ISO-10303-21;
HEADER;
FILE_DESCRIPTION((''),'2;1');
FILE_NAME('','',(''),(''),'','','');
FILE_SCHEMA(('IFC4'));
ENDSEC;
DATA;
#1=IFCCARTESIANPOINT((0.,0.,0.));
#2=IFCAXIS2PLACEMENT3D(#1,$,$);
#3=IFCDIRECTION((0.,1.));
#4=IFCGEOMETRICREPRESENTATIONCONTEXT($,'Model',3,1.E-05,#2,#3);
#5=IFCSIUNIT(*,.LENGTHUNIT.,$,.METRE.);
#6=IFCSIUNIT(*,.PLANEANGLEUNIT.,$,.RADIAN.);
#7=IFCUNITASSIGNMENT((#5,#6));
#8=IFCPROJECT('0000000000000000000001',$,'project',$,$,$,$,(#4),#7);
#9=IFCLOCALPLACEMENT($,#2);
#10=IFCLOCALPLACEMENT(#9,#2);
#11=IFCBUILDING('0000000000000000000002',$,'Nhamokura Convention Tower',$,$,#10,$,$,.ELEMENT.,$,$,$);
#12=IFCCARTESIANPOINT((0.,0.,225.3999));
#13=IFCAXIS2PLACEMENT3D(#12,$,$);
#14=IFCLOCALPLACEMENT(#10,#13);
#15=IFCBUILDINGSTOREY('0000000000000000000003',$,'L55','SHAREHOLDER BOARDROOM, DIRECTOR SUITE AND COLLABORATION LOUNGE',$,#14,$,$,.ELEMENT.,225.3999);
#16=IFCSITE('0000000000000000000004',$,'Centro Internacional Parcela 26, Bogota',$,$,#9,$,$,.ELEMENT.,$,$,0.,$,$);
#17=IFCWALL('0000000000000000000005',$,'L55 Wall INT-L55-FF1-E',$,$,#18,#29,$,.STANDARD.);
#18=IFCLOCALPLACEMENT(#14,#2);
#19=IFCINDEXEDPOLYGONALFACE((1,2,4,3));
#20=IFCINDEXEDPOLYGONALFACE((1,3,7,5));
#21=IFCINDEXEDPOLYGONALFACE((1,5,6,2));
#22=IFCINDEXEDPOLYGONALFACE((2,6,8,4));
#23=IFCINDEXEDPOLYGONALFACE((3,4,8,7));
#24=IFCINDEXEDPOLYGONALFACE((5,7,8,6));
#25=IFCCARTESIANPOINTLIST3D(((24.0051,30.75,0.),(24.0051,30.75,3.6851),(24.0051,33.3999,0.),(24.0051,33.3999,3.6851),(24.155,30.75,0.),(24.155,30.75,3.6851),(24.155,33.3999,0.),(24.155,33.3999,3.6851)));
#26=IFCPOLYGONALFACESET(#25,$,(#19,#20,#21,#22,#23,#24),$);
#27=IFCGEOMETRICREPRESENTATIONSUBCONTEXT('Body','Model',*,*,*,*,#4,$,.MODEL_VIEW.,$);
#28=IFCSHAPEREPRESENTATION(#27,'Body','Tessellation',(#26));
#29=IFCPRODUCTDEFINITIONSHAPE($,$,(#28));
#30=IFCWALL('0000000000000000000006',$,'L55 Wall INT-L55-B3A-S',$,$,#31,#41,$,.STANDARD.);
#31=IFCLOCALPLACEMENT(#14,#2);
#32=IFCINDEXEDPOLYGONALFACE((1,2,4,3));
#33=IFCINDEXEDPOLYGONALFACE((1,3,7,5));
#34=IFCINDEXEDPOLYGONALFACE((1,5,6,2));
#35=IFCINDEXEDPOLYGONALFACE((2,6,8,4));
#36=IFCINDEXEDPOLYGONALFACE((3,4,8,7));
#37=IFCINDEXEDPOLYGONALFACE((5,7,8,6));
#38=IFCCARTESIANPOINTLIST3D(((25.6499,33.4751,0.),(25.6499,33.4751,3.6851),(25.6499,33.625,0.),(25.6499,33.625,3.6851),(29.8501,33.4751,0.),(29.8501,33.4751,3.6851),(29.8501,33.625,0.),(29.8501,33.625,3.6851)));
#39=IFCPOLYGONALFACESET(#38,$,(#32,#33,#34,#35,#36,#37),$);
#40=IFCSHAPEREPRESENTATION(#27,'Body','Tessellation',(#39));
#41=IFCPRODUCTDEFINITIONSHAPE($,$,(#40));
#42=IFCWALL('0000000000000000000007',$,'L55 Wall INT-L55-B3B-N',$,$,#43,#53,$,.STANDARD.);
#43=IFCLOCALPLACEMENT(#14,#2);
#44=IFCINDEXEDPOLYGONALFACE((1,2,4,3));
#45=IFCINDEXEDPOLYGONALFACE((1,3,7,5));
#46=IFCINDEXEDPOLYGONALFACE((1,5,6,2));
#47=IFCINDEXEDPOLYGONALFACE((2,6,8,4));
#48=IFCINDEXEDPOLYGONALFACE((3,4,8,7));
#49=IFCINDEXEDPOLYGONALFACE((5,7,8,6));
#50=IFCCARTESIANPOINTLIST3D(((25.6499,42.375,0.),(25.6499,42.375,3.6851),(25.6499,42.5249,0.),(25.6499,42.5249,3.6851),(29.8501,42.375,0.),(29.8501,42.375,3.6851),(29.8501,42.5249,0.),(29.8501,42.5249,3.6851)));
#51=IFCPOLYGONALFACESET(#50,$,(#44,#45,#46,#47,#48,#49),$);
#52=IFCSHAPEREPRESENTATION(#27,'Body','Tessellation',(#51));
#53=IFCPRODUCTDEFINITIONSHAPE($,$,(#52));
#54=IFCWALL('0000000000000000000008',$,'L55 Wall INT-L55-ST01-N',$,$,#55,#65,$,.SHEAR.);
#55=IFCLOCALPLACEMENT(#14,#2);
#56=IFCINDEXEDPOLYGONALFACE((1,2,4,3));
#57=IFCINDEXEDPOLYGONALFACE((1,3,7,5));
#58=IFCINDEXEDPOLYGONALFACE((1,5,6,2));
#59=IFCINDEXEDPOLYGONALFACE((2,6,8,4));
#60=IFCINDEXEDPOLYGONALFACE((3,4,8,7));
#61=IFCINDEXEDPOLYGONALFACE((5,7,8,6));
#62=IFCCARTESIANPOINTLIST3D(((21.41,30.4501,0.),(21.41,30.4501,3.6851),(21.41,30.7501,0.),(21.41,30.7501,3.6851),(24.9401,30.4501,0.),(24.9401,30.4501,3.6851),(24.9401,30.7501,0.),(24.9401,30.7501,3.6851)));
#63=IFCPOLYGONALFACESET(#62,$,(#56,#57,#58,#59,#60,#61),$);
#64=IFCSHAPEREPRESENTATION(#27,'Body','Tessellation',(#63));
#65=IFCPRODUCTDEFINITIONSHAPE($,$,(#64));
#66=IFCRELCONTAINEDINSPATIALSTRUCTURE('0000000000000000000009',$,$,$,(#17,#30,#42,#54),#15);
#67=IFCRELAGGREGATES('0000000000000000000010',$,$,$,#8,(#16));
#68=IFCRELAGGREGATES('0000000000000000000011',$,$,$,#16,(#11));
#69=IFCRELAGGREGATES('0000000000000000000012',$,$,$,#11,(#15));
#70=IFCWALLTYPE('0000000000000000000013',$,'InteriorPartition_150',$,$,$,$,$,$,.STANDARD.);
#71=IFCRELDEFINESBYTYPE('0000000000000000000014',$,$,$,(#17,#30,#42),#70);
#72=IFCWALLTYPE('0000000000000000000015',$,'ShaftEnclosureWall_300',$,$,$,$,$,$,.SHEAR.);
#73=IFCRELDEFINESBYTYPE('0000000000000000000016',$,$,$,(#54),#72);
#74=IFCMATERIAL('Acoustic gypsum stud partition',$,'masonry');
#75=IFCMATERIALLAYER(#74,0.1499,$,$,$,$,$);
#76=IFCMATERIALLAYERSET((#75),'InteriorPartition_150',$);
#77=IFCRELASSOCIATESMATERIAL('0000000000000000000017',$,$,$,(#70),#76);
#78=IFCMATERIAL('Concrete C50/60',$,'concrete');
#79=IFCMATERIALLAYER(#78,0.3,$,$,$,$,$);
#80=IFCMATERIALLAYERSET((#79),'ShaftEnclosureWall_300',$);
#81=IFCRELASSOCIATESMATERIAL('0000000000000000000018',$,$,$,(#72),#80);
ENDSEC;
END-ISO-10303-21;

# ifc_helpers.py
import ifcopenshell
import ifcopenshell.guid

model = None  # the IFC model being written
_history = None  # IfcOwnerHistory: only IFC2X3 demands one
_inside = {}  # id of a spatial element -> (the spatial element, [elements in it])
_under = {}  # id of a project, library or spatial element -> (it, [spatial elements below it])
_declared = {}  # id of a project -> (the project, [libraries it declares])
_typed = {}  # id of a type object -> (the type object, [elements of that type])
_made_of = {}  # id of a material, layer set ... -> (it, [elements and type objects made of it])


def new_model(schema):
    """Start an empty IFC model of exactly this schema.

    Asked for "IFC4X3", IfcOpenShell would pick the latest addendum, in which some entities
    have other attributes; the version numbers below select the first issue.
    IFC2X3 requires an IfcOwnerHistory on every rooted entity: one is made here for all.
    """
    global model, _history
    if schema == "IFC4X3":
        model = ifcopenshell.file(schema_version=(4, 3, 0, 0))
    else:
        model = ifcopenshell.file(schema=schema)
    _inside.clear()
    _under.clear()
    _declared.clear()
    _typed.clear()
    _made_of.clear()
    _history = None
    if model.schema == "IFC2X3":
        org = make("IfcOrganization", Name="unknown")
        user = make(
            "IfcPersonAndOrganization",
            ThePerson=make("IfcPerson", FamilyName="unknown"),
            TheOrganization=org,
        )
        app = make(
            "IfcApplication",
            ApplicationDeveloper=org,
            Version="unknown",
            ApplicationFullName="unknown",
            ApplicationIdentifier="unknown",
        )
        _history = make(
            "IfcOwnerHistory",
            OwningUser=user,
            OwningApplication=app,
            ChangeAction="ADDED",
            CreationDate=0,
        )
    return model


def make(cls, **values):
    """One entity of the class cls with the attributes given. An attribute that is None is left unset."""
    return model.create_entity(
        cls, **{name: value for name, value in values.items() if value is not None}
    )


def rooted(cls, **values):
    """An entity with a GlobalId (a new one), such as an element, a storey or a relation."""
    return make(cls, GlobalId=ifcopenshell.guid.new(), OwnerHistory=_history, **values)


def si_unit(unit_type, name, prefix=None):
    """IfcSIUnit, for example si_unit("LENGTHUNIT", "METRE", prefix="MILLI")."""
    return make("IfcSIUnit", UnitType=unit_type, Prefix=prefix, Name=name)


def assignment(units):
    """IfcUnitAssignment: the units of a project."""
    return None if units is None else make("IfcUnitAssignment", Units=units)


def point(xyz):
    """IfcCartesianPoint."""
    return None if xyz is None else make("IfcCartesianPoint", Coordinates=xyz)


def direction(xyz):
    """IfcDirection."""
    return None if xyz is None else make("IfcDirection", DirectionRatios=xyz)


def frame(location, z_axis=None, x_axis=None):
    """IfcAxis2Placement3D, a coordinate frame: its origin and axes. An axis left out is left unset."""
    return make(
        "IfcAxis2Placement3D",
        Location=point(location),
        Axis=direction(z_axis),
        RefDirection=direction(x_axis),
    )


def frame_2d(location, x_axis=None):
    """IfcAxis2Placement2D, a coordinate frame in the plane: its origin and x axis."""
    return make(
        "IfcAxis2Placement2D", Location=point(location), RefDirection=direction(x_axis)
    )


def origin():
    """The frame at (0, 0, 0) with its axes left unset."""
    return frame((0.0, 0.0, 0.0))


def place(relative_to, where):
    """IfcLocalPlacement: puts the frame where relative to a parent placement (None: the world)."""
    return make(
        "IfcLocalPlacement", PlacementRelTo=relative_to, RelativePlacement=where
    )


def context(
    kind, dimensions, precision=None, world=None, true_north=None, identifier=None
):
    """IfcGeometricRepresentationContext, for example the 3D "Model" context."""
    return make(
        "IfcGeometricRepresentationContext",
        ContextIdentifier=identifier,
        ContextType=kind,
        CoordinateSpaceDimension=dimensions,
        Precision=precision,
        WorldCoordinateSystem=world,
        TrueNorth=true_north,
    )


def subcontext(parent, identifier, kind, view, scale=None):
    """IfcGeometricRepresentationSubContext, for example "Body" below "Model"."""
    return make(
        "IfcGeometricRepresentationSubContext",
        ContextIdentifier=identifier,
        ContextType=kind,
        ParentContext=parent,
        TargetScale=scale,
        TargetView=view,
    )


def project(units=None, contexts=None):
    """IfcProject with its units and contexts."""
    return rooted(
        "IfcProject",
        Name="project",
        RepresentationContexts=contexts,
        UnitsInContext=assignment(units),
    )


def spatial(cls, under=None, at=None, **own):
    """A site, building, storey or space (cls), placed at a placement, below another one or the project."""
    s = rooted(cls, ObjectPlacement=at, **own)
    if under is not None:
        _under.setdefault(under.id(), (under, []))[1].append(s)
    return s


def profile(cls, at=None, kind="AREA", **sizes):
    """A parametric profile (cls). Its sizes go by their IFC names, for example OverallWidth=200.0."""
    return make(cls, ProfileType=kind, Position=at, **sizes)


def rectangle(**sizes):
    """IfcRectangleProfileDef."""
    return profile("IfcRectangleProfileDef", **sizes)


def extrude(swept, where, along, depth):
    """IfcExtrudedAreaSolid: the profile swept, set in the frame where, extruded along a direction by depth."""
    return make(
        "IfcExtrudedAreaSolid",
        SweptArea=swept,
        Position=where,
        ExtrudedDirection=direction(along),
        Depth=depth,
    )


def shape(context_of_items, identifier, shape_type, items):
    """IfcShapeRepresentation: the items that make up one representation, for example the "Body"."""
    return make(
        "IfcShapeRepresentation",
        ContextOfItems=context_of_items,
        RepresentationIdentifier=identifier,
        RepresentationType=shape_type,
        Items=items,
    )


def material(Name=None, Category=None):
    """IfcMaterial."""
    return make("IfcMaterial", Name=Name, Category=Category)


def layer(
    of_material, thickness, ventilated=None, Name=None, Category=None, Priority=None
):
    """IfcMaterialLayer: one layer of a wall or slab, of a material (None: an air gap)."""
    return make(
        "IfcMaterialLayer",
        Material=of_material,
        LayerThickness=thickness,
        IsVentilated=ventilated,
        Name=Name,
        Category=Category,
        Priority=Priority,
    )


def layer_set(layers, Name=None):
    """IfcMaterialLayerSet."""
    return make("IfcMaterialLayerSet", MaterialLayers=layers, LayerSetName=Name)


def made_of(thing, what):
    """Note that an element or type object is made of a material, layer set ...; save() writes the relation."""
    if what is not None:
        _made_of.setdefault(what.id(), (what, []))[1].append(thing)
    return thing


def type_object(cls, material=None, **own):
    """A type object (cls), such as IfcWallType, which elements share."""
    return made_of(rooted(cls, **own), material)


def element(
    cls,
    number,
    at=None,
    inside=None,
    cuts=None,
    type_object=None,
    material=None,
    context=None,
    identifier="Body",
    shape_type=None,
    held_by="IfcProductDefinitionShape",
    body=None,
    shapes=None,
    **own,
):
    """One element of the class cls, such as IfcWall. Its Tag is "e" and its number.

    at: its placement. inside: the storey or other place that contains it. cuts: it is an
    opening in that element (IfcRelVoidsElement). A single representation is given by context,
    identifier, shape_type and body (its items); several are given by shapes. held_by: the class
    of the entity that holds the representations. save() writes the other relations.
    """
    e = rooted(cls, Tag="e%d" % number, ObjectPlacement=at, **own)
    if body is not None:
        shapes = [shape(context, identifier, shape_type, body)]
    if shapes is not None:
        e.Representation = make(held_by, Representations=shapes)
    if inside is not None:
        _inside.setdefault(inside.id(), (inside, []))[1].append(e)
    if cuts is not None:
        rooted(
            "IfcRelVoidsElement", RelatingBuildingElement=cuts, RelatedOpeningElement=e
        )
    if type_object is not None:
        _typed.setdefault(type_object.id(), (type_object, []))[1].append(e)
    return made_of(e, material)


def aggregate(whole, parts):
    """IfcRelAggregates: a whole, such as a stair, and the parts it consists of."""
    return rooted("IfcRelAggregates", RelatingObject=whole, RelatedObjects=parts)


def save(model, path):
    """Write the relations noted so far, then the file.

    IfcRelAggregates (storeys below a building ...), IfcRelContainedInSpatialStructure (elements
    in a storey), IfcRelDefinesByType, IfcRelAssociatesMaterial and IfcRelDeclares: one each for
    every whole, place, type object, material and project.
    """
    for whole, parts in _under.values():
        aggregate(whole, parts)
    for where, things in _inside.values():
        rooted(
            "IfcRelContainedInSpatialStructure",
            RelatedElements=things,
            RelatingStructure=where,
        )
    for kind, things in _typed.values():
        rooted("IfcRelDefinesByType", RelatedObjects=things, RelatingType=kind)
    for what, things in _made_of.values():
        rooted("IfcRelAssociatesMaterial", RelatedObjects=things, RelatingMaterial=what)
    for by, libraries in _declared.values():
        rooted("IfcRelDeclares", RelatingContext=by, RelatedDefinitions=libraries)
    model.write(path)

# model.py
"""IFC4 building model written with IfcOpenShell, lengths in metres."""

from ifc_helpers import new_model, si_unit, direction, frame, frame_2d, origin, place, context, subcontext, project, spatial, rectangle, extrude, material, layer, layer_set, type_object, element, save


model = new_model("IFC4")

# Units and contexts
model_context = context("Model", 3, precision=1e-05, world=origin(), true_north=direction((0.0, 1.0)))
body_context = subcontext(model_context, "Body", "Model", "MODEL_VIEW")
ifc_project = project(units=[si_unit("LENGTHUNIT", "METRE"), si_unit("PLANEANGLEUNIT", "RADIAN")], contexts=[model_context])

# Site, building, storey
site_placement = place(None, origin())
site = spatial("IfcSite", under=ifc_project, at=site_placement, Name="Centro Internacional Parcela 26, Bogota", CompositionType="ELEMENT", RefElevation=0.0)
building_placement = place(site_placement, origin())
building = spatial("IfcBuilding", under=site, at=building_placement, Name="Nhamokura Convention Tower", CompositionType="ELEMENT")
storey_placement = place(building_placement, frame((0.0, 0.0, 225.3999)))
storey = spatial("IfcBuildingStorey", under=building, at=storey_placement, Name="L55", Description="SHAREHOLDER BOARDROOM, DIRECTOR SUITE AND COLLABORATION LOUNGE", CompositionType="ELEMENT", Elevation=225.3999)

# Walls
ifc_material_1 = material(Name="Acoustic gypsum stud partition", Category="masonry")
ifc_layer_1 = layer(ifc_material_1, 0.1499)
ifc_layer_set_1 = layer_set([ifc_layer_1], Name="InteriorPartition_150")
wall_type_1 = type_object("IfcWallType", Name="InteriorPartition_150", PredefinedType="STANDARD", material=ifc_layer_set_1)
wall_1_placement = place(storey_placement, frame((24.0801, 30.75, 0.0), z_axis=(0.0, 0.0, 1.0), x_axis=(0.0, 1.0, 0.0)))
element("IfcWall", 1, at=wall_1_placement, inside=storey, type_object=wall_type_1, Name="L55 Wall INT-L55-FF1-E", PredefinedType="STANDARD", context=body_context, shape_type="SweptSolid", body=[
    extrude(rectangle(XDim=2.6499, YDim=0.1499, at=frame_2d((1.325, 0.0))), origin(), (0.0, 0.0, 1.0), 3.6851),
])
for number, where, z_axis, x_axis, name in (
    (2, (25.6499, 33.55, 0.0), (0.0, 0.0, 1.0), (1.0, 0.0, 0.0), "L55 Wall INT-L55-B3A-S"),
    (3, (25.6499, 42.45, 0.0), (0.0, 0.0, 1.0), (1.0, 0.0, 0.0), "L55 Wall INT-L55-B3B-N"),
):
    element("IfcWall", number, at=place(storey_placement, frame(where, z_axis=z_axis, x_axis=x_axis)), inside=storey, type_object=wall_type_1, Name=name, PredefinedType="STANDARD", context=body_context, shape_type="SweptSolid", body=[
        extrude(rectangle(XDim=4.2002, YDim=0.1499, at=frame_2d((2.1001, 0.0))), origin(), (0.0, 0.0, 1.0), 3.6851),
    ])
ifc_material_2 = material(Name="Concrete C50/60", Category="concrete")
ifc_layer_2 = layer(ifc_material_2, 0.3)
ifc_layer_set_2 = layer_set([ifc_layer_2], Name="ShaftEnclosureWall_300")
wall_type_2 = type_object("IfcWallType", Name="ShaftEnclosureWall_300", PredefinedType="SHEAR", material=ifc_layer_set_2)
wall_2_placement = place(storey_placement, frame((21.4099, 30.6001, 0.0), z_axis=(0.0, 0.0, 1.0), x_axis=(1.0, 0.0, 0.0)))
element("IfcWall", 4, at=wall_2_placement, inside=storey, type_object=wall_type_2, Name="L55 Wall INT-L55-ST01-N", PredefinedType="SHEAR", context=body_context, shape_type="SweptSolid", body=[
    extrude(rectangle(XDim=3.53, YDim=0.3, at=frame_2d((1.7651, 0.0))), origin(), (0.0, 0.0, 1.0), 3.6851),
])

save(model, "model.ifc")
